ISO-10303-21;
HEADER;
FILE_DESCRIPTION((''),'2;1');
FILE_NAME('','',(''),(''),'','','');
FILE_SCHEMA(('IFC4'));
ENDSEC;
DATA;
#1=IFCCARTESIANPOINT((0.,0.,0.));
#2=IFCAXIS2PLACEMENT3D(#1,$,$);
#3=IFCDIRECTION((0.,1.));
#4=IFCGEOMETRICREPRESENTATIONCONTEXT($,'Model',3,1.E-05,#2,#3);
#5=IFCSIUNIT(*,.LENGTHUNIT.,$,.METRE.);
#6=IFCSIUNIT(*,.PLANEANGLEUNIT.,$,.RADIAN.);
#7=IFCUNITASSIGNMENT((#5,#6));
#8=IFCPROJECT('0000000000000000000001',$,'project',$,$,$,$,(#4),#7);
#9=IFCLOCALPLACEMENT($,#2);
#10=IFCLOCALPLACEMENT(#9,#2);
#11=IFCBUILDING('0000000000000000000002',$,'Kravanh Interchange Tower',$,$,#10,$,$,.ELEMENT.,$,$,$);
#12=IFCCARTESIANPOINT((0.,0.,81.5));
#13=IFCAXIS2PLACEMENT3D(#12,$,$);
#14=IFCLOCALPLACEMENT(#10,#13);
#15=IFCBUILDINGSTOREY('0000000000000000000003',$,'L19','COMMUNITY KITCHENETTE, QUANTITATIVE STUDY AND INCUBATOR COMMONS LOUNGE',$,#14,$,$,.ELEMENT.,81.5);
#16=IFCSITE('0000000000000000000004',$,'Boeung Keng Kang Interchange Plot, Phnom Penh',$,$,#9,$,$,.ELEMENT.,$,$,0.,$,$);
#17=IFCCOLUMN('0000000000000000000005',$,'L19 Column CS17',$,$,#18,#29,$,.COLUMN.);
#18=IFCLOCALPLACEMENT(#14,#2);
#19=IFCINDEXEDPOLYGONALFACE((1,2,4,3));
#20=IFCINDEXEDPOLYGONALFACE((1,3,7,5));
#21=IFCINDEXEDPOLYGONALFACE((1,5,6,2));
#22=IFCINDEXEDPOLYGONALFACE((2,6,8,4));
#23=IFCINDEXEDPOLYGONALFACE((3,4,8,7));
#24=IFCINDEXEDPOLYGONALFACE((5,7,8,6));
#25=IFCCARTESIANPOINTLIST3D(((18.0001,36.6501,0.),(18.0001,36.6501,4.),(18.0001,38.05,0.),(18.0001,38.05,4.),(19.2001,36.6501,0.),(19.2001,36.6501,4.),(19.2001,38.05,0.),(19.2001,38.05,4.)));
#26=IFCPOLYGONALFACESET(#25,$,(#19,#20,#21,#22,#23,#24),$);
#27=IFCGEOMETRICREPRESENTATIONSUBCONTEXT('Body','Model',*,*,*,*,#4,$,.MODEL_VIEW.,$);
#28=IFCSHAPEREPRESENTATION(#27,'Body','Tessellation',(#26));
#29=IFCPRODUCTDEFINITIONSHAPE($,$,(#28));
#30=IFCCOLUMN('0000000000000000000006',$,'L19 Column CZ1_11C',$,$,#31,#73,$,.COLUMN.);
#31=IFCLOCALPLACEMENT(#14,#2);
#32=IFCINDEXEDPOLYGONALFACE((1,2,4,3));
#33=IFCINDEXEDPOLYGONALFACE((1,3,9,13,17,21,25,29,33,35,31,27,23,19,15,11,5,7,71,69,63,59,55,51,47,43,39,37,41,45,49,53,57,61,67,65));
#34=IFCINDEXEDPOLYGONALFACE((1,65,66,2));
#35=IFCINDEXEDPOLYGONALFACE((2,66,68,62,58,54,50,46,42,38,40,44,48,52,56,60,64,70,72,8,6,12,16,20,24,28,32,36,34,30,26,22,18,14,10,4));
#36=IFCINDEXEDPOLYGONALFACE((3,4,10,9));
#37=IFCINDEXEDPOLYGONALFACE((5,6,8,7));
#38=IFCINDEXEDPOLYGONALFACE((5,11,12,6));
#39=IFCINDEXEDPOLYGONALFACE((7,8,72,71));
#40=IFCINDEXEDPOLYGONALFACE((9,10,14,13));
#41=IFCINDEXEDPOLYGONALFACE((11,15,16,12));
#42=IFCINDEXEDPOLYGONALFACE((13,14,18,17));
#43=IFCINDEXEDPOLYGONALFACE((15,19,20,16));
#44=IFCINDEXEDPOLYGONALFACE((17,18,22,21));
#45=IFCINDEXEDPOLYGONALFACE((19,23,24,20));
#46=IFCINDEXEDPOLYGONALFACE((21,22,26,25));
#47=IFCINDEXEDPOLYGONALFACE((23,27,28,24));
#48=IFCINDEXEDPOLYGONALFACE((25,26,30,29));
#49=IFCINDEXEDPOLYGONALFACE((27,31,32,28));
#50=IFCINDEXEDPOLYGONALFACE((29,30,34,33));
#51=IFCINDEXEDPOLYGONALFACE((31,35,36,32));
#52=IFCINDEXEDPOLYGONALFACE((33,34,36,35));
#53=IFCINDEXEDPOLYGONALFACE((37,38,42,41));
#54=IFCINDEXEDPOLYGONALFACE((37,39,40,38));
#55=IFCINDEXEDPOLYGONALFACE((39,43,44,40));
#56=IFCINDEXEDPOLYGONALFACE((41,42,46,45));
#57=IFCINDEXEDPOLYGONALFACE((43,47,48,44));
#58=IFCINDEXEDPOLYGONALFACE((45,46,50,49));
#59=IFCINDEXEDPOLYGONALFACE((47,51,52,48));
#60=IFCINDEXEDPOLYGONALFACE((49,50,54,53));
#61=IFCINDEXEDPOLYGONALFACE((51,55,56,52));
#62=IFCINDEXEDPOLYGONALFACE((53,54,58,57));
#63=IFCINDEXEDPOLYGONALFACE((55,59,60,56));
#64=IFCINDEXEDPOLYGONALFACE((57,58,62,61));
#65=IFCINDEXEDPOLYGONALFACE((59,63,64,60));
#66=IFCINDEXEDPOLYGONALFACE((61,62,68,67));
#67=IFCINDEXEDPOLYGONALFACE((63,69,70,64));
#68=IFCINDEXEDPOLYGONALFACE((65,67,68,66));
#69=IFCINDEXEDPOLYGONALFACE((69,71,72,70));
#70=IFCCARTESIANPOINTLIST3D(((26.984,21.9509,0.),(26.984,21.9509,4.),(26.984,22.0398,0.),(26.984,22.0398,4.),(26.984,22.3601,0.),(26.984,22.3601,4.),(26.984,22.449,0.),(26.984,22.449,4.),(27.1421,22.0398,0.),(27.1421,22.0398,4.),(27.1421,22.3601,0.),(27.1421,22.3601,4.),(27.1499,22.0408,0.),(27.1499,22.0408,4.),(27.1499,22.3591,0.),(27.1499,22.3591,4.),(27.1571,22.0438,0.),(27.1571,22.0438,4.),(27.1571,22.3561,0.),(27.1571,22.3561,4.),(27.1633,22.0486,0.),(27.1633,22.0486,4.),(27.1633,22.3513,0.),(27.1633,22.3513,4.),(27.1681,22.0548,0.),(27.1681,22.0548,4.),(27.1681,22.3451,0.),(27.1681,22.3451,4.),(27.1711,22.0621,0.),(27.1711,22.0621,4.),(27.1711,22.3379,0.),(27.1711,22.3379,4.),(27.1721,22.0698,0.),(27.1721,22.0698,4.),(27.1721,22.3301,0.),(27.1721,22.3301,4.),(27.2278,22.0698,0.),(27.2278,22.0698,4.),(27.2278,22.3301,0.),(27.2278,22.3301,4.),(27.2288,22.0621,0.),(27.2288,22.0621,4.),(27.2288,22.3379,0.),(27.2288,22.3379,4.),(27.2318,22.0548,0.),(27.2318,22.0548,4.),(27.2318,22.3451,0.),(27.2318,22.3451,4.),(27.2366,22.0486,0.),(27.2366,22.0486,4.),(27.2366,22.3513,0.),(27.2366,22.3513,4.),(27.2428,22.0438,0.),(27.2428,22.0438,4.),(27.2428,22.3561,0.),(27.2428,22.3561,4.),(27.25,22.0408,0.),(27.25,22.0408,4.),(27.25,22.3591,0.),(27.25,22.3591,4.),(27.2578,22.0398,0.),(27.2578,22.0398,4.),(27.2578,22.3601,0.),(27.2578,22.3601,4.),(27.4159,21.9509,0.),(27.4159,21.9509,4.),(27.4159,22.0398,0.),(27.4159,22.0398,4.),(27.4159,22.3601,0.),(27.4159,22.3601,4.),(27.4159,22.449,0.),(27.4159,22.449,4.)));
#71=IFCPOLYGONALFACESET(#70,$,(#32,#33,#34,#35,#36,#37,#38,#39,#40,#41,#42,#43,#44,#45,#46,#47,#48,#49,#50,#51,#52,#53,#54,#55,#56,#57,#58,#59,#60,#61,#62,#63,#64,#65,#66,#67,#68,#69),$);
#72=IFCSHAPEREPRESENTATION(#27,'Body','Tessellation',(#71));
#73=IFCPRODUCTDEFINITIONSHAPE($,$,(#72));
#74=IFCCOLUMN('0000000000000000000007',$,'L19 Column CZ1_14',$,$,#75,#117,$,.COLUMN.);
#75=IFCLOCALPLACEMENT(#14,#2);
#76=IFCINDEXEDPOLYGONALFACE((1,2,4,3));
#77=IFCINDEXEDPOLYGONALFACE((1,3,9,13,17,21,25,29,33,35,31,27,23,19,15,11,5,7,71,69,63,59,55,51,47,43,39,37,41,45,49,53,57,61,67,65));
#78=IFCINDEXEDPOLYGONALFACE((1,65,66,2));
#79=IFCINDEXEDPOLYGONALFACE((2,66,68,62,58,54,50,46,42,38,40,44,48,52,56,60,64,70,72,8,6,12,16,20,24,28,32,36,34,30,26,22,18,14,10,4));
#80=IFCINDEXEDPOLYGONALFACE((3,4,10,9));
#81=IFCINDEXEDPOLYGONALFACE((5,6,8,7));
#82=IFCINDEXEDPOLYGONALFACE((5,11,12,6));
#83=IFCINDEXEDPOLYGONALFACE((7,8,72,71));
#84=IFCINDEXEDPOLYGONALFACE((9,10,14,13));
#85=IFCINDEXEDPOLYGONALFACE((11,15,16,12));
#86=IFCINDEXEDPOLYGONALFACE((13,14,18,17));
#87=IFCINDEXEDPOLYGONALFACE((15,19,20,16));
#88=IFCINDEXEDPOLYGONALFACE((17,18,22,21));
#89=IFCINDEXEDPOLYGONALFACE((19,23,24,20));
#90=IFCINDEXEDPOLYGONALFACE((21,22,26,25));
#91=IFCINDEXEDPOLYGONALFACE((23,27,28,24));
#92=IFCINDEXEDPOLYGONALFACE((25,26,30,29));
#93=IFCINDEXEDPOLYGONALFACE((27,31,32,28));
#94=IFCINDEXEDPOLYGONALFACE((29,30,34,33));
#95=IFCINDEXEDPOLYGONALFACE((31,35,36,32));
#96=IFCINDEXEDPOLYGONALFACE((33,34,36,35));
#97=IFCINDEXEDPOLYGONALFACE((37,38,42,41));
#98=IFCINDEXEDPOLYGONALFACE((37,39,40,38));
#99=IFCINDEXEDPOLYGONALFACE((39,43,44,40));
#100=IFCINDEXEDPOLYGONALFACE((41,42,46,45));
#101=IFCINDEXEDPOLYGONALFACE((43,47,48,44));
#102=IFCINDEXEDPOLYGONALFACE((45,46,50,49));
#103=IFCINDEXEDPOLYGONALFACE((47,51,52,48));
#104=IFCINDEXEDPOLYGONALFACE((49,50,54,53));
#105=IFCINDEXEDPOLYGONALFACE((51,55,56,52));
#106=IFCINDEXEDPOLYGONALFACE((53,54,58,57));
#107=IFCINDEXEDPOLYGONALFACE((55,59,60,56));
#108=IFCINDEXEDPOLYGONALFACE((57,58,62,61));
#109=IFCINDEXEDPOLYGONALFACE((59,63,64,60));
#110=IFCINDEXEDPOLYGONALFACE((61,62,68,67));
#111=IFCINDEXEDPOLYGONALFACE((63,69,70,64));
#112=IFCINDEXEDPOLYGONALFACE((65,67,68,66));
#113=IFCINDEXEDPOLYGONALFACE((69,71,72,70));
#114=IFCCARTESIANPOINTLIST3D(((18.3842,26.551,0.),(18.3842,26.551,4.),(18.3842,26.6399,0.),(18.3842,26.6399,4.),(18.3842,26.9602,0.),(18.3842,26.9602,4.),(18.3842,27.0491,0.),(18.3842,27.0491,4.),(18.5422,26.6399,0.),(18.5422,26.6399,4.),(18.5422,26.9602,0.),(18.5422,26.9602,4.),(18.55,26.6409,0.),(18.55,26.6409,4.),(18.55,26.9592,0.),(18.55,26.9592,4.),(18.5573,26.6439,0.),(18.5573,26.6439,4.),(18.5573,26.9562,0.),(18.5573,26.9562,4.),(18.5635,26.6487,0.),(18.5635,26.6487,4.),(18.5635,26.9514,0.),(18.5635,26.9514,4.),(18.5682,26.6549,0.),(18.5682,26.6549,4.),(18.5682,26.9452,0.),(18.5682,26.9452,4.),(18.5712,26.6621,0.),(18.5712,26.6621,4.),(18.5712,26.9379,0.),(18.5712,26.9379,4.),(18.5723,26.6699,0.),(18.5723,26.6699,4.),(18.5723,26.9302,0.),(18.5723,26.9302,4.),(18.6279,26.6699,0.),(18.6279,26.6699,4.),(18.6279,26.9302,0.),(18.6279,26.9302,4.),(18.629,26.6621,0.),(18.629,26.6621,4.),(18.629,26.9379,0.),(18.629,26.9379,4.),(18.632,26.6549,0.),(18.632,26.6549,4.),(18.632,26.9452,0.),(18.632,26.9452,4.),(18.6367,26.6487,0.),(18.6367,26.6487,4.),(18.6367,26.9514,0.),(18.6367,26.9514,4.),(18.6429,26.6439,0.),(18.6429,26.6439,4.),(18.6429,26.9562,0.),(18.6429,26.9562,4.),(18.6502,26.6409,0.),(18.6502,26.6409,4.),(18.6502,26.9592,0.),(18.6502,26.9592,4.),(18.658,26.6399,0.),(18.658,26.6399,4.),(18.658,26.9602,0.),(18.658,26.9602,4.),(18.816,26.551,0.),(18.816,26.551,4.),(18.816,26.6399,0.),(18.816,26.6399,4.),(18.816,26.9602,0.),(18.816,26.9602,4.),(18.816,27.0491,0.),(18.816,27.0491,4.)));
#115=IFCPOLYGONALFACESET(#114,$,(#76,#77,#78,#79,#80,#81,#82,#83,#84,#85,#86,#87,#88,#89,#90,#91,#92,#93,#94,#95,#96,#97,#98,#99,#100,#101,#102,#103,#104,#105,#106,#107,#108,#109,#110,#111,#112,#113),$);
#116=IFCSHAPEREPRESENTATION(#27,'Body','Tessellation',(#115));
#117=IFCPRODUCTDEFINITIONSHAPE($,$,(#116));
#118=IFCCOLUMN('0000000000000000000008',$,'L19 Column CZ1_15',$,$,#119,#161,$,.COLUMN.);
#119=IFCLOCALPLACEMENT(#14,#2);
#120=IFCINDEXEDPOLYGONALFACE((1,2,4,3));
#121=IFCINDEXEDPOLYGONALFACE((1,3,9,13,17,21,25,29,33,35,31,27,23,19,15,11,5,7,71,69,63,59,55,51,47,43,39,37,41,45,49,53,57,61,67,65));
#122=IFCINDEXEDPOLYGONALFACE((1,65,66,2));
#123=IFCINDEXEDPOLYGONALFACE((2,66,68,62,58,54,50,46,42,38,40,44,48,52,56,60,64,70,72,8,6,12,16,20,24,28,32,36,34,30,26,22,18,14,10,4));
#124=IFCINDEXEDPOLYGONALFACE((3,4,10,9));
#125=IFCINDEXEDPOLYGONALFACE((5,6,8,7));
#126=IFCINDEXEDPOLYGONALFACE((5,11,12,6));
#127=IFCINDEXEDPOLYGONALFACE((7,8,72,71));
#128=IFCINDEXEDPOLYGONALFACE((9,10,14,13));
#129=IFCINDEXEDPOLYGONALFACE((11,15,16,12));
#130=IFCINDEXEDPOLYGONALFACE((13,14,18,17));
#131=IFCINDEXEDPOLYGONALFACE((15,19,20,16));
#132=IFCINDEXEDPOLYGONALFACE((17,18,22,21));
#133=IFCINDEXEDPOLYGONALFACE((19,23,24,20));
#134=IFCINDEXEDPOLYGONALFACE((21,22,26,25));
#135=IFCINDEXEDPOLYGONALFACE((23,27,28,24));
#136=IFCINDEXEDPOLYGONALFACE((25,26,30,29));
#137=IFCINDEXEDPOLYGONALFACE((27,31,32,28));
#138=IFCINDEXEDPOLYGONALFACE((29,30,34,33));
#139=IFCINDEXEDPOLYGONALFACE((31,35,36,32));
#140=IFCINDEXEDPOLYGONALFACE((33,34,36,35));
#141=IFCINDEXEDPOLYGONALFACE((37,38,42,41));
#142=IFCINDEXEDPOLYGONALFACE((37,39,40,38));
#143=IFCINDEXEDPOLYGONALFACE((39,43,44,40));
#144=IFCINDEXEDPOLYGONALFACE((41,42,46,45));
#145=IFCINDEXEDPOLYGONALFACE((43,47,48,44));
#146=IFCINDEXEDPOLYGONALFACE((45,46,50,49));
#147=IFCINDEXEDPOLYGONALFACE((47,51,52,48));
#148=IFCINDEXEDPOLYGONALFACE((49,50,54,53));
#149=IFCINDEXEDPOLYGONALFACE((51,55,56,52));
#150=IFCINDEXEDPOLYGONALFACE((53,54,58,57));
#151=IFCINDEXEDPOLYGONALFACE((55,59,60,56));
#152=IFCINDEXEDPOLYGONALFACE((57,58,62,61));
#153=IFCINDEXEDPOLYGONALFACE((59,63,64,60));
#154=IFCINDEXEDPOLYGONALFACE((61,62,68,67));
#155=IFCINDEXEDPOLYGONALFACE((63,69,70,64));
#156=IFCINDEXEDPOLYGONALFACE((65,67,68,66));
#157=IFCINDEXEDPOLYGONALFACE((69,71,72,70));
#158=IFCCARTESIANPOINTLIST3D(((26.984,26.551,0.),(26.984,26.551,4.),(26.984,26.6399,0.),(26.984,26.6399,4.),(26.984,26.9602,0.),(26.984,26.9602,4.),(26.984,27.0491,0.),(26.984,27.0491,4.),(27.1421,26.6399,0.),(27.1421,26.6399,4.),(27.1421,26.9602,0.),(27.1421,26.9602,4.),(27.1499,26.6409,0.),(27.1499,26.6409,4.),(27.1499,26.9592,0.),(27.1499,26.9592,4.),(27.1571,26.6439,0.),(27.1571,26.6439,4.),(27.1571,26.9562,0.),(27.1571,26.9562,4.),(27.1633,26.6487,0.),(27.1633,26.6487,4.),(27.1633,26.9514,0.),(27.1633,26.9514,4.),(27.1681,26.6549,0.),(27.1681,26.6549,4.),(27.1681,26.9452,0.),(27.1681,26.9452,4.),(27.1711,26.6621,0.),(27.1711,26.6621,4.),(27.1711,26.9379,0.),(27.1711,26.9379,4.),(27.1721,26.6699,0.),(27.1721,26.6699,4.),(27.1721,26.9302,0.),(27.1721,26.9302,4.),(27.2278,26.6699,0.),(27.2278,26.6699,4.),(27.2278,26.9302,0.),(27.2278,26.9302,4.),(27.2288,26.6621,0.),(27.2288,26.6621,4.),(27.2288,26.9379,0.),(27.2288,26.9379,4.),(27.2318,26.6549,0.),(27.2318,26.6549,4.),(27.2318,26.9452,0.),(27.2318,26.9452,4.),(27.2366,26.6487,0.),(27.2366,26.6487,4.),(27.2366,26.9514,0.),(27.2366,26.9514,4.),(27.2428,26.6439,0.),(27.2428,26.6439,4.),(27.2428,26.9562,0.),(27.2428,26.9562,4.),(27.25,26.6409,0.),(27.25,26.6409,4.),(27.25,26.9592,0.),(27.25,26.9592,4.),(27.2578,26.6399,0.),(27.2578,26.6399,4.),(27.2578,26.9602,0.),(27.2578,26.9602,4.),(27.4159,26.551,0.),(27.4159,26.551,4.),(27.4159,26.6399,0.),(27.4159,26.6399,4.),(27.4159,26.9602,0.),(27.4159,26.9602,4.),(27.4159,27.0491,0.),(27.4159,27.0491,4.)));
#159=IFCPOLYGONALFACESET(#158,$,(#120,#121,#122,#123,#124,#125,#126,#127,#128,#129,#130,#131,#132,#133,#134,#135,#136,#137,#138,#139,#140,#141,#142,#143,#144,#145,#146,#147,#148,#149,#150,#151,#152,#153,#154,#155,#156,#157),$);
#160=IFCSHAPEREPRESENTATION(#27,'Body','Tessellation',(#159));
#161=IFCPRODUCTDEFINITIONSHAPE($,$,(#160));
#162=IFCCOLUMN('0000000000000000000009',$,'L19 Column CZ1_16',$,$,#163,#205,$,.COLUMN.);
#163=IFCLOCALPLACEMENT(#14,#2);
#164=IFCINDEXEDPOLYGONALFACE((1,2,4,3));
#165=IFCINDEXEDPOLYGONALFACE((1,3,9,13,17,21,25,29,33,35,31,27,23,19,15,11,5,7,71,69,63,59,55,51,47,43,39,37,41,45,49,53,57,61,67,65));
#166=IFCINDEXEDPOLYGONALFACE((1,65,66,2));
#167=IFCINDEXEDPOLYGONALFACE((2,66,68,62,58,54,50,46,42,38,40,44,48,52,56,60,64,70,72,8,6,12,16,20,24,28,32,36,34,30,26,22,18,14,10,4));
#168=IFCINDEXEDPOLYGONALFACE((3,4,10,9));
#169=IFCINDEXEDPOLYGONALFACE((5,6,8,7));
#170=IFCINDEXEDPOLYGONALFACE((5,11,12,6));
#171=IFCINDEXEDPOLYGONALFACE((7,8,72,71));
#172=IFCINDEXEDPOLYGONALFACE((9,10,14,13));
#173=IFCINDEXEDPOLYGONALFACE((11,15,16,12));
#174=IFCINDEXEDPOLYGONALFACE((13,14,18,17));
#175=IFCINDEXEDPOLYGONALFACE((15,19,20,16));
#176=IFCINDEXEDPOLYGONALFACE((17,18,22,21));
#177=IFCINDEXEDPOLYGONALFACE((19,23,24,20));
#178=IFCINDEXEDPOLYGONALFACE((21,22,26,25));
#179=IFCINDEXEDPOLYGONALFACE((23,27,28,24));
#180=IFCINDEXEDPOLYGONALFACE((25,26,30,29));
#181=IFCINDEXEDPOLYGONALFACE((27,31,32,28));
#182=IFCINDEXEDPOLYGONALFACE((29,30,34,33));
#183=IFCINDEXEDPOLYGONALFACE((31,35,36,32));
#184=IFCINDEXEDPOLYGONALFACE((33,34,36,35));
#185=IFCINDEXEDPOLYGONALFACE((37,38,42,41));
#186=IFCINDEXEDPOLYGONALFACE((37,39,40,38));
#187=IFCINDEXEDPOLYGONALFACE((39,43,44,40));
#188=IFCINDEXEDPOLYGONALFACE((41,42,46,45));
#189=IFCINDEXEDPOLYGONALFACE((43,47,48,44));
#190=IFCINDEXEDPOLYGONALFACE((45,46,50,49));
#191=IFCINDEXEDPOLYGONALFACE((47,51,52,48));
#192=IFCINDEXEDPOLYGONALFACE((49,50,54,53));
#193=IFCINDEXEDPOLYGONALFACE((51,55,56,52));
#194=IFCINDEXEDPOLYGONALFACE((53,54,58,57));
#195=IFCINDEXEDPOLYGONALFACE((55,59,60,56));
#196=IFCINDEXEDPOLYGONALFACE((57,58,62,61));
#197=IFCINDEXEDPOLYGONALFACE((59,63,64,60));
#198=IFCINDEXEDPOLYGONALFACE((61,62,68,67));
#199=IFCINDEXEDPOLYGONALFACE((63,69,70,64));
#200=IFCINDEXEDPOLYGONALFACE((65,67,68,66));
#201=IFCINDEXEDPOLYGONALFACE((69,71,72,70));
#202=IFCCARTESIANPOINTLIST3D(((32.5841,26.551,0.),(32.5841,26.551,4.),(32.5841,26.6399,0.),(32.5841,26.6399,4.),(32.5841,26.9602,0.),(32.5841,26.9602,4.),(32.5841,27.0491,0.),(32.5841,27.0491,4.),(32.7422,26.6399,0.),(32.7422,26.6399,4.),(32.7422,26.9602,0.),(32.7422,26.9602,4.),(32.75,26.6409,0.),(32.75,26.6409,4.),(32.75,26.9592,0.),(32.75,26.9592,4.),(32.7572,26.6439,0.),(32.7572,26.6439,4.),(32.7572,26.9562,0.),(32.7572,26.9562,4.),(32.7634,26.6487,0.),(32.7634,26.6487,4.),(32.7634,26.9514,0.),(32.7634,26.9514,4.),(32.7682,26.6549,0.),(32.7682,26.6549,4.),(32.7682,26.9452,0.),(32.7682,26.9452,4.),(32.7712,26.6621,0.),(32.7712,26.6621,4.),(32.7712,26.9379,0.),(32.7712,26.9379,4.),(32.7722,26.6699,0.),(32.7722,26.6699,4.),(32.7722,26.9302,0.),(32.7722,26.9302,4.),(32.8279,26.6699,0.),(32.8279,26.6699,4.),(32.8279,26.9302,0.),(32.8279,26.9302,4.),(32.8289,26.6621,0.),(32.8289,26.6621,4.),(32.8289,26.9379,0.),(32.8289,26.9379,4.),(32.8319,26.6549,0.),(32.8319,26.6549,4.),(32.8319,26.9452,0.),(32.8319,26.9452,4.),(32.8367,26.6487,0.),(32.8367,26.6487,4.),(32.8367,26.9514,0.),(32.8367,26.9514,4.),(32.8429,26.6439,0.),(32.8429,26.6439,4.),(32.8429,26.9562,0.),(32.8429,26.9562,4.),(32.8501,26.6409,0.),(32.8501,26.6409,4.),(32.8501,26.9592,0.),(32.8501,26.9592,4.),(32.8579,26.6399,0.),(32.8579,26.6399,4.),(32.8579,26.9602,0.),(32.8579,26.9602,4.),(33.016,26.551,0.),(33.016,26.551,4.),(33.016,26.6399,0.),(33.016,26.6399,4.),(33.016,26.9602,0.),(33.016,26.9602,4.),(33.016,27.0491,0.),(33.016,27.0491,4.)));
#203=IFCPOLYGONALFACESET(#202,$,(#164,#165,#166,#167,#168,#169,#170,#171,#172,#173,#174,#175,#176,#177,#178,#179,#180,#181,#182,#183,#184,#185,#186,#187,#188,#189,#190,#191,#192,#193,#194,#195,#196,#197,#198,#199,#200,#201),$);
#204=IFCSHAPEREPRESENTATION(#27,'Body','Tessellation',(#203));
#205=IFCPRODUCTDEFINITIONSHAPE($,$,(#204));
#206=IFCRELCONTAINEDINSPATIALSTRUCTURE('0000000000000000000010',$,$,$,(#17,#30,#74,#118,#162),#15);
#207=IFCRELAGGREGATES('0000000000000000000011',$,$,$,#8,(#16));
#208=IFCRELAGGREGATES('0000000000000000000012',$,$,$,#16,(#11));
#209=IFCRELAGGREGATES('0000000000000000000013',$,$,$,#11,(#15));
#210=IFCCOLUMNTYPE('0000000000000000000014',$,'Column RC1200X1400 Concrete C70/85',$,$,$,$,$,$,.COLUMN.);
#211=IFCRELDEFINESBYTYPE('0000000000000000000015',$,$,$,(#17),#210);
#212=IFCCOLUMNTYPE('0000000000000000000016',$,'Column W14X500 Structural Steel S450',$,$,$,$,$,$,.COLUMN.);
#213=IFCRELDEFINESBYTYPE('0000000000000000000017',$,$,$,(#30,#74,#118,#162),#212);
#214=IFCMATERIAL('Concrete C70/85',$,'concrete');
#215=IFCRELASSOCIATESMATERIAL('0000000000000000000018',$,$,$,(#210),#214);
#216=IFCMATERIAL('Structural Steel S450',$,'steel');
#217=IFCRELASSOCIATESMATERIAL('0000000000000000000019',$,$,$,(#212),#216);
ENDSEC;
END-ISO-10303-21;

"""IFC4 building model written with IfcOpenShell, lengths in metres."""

from ifc_helpers import new_model, si_unit, direction, frame, origin, origin_2d, place, context, subcontext, project, spatial, rectangle, i_section, extrude, material, material_profile, profile_set, type_object, element, save


model = new_model("IFC4")

# Units and contexts
model_context = context("Model", 3, precision=1e-05, world=origin(), true_north=direction((0.0, 1.0)))
body_context = subcontext(model_context, "Body", "Model", "MODEL_VIEW")
ifc_project = project(units=[si_unit("LENGTHUNIT", "METRE"), si_unit("PLANEANGLEUNIT", "RADIAN")], contexts=[model_context])

# Site, building, storey
site_placement = place(None, origin())
site = spatial("IfcSite", under=ifc_project, at=site_placement, Name="Boeung Keng Kang Interchange Plot, Phnom Penh", CompositionType="ELEMENT", RefElevation=0.0)
building_placement = place(site_placement, origin())
building = spatial("IfcBuilding", under=site, at=building_placement, Name="Kravanh Interchange Tower", CompositionType="ELEMENT")
storey_placement = place(building_placement, frame((0.0, 0.0, 81.5)))
storey = spatial("IfcBuildingStorey", under=building, at=storey_placement, Name="L19", Description="COMMUNITY KITCHENETTE, QUANTITATIVE STUDY AND INCUBATOR COMMONS LOUNGE", CompositionType="ELEMENT", Elevation=81.5)

# Columns
ifc_material_1 = material(Name="Concrete C70/85", Category="concrete")
ifc_material_profile_1 = material_profile(ifc_material_1, rectangle(XDim=1.2, YDim=1.3999, at=origin_2d()), Name="RC1200X1400")
ifc_profile_set_1 = profile_set([ifc_material_profile_1], Name="Concrete C70/85")
column_type_1 = type_object("IfcColumnType", Name="Column RC1200X1400 Concrete C70/85", PredefinedType="COLUMN", material=ifc_profile_set_1)
column_placement = place(storey_placement, frame((18.6001, 37.3501, 0.0), z_axis=(0.0, 0.0, 1.0), x_axis=(1.0, 0.0, 0.0)))
element("IfcColumn", 1, at=column_placement, inside=storey, type_object=column_type_1, Name="L19 Column CS17", PredefinedType="COLUMN", context=body_context, shape_type="SweptSolid", body=[
    extrude(rectangle(XDim=1.2, YDim=1.3999, at=origin_2d()), origin(), (0.0, 0.0, 1.0), 4.0),
])
ifc_material_2 = material(Name="Structural Steel S450", Category="steel")
ifc_material_profile_2 = material_profile(ifc_material_2, i_section(OverallWidth=0.4319, OverallDepth=0.498, WebThickness=0.0557, FlangeThickness=0.0889, FilletRadius=0.03, at=origin_2d()), Name="W14X500")
ifc_profile_set_2 = profile_set([ifc_material_profile_2], Name="Structural Steel S450")
column_type_2 = type_object("IfcColumnType", Name="Column W14X500 Structural Steel S450", PredefinedType="COLUMN", material=ifc_profile_set_2)
for number, where, z_axis, x_axis, name in (
    (2, (27.2, 22.2, 0.0), (0.0, 0.0, 1.0), (1.0, 0.0, 0.0), "L19 Column CZ1_11C"),
    (3, (18.6001, 26.8, 0.0), (0.0, 0.0, 1.0), (1.0, 0.0, 0.0), "L19 Column CZ1_14"),
    (4, (27.2, 26.8, 0.0), (0.0, 0.0, 1.0), (1.0, 0.0, 0.0), "L19 Column CZ1_15"),
    (5, (32.8, 26.8, 0.0), (0.0, 0.0, 1.0), (1.0, 0.0, 0.0), "L19 Column CZ1_16"),
):
    element("IfcColumn", number, at=place(storey_placement, frame(where, z_axis=z_axis, x_axis=x_axis)), inside=storey, type_object=column_type_2, Name=name, PredefinedType="COLUMN", context=body_context, shape_type="SweptSolid", body=[
        extrude(i_section(OverallWidth=0.4319, OverallDepth=0.498, WebThickness=0.0557, FlangeThickness=0.0889, FilletRadius=0.03, at=origin_2d()), origin(), (0.0, 0.0, 1.0), 4.0),
    ])

save(model, "model.ifc")
